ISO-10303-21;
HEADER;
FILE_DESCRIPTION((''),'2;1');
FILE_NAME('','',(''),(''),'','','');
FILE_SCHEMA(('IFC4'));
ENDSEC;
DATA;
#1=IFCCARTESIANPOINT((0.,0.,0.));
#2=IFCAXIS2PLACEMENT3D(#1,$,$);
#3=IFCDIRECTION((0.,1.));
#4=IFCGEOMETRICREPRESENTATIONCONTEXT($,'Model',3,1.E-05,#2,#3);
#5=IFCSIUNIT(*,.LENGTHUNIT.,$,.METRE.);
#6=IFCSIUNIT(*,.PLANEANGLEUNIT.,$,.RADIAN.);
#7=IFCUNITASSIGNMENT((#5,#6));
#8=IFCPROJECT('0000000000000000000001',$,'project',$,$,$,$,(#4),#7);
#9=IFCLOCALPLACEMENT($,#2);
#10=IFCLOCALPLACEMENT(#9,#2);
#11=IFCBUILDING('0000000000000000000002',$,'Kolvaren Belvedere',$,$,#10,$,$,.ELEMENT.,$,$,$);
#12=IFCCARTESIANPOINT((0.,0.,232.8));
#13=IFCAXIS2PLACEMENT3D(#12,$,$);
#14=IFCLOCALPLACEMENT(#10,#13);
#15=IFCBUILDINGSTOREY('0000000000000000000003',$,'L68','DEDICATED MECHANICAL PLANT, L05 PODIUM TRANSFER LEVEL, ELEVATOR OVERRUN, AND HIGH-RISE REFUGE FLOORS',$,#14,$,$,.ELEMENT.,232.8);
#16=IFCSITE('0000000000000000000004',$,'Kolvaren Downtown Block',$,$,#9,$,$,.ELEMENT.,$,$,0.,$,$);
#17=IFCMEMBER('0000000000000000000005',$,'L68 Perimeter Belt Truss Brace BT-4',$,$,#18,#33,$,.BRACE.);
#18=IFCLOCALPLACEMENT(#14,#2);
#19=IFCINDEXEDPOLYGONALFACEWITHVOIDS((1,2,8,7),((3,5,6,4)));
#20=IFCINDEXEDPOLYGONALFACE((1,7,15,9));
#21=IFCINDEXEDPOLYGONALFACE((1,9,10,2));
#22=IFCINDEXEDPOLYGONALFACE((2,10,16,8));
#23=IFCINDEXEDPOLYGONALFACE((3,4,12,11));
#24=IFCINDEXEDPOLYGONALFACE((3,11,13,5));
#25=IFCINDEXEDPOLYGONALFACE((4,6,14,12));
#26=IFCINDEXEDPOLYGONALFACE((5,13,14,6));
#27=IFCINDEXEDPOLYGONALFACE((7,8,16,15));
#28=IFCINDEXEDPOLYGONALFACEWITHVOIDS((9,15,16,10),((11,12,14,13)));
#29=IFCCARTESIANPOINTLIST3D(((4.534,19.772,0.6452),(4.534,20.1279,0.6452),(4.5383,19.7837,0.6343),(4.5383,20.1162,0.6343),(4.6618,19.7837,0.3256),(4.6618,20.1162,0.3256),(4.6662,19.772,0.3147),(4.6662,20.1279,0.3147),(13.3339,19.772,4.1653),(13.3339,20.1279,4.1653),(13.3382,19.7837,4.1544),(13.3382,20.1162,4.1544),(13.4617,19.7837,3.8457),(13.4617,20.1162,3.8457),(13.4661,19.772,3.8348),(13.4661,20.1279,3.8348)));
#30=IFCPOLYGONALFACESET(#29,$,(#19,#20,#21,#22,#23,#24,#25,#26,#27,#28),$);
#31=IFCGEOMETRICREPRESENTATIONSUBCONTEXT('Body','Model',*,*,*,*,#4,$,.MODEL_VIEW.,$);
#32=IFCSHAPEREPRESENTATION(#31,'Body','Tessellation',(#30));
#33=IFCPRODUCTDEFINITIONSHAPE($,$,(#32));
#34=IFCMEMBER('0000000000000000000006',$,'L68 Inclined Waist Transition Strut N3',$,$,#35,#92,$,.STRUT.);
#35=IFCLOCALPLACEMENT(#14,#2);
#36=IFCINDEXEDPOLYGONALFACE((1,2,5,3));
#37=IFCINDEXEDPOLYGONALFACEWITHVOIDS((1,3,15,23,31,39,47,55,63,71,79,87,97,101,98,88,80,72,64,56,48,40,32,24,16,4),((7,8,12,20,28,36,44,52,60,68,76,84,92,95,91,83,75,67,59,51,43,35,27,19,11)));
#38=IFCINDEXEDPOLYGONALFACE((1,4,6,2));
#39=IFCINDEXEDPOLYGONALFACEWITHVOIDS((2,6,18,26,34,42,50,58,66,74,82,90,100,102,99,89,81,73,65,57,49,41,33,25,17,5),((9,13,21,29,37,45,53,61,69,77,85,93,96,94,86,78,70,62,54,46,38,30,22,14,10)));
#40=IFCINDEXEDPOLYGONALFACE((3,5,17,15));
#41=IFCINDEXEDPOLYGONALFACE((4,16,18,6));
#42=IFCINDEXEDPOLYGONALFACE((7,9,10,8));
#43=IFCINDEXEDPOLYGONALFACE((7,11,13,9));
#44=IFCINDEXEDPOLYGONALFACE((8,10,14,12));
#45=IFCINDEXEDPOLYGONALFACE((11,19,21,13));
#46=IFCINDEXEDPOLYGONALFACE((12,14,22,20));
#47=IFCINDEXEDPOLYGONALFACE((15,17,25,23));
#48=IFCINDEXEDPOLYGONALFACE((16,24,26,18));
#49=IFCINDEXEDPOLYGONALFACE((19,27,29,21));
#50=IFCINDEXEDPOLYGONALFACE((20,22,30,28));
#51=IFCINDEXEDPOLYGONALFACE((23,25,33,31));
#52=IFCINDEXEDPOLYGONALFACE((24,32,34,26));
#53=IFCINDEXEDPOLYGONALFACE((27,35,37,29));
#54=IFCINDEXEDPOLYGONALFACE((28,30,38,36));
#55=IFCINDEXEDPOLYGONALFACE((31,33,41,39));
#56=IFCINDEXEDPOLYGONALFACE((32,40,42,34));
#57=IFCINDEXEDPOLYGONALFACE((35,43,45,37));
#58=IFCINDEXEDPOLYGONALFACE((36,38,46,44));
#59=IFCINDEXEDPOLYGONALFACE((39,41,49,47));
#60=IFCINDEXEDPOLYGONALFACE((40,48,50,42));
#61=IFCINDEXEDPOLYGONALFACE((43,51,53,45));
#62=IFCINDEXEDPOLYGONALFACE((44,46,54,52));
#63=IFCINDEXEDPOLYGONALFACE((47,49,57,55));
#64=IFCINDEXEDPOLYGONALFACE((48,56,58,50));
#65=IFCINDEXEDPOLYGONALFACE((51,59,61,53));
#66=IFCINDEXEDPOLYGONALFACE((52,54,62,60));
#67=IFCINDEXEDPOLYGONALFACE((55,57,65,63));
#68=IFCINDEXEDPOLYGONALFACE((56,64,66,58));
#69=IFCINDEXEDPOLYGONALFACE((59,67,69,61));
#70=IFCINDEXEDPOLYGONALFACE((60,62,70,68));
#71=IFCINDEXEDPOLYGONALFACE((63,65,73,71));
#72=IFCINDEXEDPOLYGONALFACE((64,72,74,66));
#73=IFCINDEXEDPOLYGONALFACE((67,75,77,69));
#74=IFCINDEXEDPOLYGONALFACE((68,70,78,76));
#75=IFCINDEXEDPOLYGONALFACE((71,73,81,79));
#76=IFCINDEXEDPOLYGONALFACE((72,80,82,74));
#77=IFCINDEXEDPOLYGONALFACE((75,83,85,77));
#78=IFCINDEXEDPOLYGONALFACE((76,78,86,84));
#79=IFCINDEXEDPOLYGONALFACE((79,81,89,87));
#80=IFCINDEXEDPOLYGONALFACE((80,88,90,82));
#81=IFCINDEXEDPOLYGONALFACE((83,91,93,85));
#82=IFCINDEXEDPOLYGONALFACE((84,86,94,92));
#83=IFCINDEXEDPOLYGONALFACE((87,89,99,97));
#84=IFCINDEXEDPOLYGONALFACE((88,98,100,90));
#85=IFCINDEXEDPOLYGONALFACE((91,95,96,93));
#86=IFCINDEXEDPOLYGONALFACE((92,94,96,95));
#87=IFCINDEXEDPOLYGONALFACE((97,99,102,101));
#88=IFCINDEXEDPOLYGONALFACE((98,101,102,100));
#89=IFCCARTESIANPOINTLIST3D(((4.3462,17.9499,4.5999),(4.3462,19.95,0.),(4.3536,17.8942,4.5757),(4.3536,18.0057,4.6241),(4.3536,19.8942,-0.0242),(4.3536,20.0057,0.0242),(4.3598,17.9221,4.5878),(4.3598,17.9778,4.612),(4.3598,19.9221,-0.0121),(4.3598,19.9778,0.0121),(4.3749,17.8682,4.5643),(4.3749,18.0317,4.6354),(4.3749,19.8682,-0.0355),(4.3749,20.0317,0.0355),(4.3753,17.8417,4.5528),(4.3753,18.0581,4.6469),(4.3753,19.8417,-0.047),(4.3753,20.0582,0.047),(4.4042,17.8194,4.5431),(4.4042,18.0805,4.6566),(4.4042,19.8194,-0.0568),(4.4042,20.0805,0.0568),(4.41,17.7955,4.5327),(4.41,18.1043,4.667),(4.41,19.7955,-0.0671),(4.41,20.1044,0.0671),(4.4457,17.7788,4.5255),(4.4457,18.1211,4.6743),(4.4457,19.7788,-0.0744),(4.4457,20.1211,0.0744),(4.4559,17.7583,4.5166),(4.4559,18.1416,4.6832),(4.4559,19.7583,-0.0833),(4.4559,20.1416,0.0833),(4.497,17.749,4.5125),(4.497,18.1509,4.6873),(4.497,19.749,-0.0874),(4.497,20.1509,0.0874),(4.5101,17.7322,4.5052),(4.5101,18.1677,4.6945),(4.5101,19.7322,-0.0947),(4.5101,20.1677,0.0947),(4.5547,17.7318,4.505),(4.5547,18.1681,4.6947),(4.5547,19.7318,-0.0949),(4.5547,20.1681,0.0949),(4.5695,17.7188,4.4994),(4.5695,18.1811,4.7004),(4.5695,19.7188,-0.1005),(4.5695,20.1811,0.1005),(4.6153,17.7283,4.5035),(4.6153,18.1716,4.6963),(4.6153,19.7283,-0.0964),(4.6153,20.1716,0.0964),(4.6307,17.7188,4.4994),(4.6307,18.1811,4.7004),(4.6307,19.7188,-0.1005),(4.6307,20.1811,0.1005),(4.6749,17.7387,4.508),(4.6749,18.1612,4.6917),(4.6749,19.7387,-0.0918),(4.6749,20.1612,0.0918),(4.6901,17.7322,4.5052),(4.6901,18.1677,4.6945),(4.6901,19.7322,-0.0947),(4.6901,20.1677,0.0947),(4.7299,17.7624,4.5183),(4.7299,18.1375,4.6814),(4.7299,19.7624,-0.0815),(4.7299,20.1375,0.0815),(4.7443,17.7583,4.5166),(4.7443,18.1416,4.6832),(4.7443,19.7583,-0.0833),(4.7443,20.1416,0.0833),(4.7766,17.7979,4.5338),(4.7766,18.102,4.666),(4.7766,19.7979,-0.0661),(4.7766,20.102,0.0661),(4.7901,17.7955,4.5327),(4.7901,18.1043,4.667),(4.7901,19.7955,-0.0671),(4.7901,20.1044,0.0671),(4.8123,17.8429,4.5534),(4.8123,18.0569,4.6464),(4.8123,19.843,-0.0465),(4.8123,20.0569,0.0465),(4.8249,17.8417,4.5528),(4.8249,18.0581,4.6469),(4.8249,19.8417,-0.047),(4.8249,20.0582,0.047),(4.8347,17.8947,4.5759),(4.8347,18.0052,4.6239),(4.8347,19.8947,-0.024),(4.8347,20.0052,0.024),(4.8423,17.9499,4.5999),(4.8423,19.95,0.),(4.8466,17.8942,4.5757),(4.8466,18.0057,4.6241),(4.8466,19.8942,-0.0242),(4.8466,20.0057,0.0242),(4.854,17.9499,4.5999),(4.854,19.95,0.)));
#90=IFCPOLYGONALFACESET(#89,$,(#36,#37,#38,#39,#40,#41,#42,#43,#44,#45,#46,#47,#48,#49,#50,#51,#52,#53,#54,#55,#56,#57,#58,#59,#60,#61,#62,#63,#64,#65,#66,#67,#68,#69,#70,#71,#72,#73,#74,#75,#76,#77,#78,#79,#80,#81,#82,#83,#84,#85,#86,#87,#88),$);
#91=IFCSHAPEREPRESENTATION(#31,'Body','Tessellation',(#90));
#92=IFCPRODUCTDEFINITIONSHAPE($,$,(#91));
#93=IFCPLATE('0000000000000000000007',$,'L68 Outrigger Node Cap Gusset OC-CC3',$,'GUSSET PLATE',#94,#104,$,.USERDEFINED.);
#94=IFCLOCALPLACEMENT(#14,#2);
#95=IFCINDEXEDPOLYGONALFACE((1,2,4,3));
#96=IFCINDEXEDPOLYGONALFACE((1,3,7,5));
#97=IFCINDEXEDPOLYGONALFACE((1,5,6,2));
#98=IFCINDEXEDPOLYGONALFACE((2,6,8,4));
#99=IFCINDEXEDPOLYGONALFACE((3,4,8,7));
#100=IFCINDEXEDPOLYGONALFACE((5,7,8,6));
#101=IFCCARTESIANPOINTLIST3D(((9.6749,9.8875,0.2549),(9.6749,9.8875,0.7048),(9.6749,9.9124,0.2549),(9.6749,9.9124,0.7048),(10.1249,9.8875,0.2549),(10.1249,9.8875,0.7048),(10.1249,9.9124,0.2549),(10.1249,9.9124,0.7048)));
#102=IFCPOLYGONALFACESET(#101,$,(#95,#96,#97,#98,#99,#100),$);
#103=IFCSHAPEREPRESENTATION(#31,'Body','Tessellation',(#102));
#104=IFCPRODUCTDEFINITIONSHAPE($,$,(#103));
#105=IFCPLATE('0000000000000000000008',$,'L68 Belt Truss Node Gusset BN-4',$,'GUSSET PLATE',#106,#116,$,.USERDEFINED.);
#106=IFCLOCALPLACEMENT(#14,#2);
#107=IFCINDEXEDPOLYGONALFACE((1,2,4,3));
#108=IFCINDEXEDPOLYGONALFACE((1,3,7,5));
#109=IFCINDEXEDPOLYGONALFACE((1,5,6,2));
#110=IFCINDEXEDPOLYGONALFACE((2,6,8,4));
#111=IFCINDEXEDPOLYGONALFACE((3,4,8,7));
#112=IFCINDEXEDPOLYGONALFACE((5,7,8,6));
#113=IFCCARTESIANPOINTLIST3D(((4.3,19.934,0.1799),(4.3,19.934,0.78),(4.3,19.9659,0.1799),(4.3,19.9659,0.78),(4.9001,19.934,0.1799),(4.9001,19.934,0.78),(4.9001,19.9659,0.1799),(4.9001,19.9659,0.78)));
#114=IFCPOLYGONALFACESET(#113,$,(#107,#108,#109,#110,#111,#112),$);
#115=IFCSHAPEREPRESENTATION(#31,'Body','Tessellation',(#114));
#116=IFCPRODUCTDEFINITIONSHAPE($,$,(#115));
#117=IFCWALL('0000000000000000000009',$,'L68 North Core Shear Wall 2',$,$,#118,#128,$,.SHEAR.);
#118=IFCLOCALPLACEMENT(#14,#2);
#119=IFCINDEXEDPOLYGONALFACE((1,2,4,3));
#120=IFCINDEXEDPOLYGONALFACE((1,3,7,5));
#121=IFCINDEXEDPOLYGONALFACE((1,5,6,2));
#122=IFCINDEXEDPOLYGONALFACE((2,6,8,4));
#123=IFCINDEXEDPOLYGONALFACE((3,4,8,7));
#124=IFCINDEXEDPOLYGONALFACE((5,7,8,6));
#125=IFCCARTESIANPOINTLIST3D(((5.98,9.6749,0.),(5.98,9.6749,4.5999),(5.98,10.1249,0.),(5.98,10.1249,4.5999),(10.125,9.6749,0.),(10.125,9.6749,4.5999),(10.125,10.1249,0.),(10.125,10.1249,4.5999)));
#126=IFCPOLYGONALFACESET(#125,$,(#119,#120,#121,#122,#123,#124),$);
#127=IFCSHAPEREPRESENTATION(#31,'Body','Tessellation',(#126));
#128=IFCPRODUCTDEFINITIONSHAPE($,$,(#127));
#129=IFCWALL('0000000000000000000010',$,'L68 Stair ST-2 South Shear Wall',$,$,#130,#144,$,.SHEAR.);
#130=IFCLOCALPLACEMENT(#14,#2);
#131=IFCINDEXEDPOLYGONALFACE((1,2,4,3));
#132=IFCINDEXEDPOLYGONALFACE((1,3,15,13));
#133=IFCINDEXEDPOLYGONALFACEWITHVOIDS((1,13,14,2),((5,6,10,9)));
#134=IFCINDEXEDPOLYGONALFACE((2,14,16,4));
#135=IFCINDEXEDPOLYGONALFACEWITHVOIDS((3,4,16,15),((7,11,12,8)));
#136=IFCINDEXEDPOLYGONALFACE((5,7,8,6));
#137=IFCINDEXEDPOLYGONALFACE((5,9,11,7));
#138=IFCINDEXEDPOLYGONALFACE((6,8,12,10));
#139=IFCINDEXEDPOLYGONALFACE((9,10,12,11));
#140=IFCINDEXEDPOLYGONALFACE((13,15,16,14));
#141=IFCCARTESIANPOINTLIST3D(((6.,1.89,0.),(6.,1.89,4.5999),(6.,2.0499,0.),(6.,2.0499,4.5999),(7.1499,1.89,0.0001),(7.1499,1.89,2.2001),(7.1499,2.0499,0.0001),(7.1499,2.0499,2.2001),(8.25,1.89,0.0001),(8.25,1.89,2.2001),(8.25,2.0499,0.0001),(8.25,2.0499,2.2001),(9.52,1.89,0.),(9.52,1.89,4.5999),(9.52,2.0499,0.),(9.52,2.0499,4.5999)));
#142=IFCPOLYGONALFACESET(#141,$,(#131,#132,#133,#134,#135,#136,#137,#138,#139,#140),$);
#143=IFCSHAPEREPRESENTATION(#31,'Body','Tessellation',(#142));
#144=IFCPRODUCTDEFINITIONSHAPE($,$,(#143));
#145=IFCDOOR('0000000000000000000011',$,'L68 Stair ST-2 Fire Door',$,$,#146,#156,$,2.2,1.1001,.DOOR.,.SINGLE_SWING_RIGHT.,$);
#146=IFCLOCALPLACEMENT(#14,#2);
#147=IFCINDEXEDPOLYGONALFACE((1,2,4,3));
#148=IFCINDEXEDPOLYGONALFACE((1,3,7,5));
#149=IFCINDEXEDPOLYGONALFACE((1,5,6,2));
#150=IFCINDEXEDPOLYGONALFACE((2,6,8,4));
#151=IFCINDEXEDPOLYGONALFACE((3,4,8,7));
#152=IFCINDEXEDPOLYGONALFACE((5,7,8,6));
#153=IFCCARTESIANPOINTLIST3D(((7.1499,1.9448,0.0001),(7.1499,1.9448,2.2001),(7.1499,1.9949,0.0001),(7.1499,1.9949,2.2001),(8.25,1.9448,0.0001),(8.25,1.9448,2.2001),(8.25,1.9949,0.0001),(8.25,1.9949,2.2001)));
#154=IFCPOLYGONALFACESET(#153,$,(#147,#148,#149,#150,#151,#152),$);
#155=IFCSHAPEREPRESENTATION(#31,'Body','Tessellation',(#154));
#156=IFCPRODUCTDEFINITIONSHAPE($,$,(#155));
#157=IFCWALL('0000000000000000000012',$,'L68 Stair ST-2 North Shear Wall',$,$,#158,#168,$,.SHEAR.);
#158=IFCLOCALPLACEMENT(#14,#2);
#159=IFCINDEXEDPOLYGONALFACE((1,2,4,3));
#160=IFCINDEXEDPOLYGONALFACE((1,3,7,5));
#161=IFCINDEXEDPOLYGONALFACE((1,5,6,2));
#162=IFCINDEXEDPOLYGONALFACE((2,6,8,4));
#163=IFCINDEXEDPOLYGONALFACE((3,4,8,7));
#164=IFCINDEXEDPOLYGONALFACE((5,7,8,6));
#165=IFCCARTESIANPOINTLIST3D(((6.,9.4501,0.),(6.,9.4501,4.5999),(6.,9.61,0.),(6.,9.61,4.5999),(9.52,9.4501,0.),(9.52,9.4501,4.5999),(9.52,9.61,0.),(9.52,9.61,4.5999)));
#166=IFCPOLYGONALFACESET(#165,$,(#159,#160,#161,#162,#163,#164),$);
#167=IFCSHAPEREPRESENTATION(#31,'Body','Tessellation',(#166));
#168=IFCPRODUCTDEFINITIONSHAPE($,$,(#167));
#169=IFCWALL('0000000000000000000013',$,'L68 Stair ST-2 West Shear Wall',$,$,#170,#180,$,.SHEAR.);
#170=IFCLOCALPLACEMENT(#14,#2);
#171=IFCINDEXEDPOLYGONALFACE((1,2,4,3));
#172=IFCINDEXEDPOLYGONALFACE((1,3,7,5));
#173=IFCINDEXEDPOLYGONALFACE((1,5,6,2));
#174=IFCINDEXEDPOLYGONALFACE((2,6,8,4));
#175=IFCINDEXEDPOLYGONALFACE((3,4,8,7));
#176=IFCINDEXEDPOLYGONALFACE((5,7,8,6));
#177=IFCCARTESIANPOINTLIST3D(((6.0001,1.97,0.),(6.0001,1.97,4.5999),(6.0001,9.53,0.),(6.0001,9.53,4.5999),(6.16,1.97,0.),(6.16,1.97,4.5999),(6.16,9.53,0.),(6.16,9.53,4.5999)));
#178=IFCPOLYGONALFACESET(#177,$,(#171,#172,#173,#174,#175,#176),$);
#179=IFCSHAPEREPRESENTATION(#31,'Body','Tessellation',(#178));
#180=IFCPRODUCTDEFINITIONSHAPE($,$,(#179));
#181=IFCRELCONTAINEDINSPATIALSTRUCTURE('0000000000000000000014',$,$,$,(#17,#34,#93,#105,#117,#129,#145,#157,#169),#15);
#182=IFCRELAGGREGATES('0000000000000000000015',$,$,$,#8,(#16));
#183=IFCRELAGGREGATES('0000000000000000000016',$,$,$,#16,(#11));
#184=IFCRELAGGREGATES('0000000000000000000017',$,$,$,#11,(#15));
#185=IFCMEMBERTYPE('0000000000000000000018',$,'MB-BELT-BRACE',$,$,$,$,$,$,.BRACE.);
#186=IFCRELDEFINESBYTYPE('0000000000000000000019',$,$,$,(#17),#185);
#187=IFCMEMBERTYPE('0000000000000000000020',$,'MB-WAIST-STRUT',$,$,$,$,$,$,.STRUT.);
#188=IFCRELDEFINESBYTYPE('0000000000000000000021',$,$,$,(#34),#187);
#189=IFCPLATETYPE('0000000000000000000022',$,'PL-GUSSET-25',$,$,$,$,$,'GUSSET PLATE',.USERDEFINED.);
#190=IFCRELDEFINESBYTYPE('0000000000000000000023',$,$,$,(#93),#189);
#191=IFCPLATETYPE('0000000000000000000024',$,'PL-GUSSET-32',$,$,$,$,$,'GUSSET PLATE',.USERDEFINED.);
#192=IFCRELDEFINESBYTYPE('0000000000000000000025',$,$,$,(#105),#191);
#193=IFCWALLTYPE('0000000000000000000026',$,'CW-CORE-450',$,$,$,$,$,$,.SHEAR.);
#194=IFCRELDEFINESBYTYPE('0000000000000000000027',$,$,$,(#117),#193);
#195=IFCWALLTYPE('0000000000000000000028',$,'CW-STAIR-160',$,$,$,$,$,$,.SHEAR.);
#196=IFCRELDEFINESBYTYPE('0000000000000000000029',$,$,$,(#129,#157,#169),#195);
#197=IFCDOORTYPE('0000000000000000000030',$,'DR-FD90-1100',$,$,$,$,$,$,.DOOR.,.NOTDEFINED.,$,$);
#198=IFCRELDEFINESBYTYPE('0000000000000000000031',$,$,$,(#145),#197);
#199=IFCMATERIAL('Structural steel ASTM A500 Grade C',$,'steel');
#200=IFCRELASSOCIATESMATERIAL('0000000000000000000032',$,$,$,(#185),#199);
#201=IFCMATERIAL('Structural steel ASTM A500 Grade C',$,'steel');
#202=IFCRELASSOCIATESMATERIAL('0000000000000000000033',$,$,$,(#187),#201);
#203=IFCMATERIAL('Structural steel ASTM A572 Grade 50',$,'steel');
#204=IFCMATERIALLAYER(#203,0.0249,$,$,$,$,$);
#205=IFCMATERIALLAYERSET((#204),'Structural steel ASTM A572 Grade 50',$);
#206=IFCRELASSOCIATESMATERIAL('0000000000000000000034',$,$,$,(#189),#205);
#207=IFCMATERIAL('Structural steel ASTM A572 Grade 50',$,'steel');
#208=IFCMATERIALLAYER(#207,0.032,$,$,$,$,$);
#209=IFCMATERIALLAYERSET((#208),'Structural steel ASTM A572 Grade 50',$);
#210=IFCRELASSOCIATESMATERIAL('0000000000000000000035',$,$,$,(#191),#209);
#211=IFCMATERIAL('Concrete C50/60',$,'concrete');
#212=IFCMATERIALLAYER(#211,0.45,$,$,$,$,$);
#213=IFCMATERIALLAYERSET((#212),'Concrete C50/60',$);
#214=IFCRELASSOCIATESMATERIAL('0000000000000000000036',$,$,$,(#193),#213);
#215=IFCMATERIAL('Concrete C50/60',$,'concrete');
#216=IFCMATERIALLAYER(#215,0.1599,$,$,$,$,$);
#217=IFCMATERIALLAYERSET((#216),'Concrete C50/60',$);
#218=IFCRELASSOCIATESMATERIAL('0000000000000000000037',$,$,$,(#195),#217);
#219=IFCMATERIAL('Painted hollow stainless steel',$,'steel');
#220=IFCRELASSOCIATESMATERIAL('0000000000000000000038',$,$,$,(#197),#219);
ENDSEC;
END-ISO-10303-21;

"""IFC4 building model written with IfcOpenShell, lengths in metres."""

from ifc_helpers import new_model, si_unit, direction, frame, frame_2d, origin, origin_2d, place, context, subcontext, project, spatial, rectangle, hollow_rectangle, hollow_circle, extrude, material, layer, layer_set, material_profile, profile_set, type_object, element, fill, save


model = new_model("IFC4")

# Units and contexts
model_context = context("Model", 3, precision=1e-05, world=origin(), true_north=direction((0.0, 1.0)))
body_context = subcontext(model_context, "Body", "Model", "MODEL_VIEW")
ifc_project = project(units=[si_unit("LENGTHUNIT", "METRE"), si_unit("PLANEANGLEUNIT", "RADIAN")], contexts=[model_context])

# Site, building, storey
site_placement = place(None, origin())
site = spatial("IfcSite", under=ifc_project, at=site_placement, Name="Kolvaren Downtown Block", CompositionType="ELEMENT", RefElevation=0.0)
building_placement = place(site_placement, origin())
building = spatial("IfcBuilding", under=site, at=building_placement, Name="Kolvaren Belvedere", CompositionType="ELEMENT")
storey_placement = place(building_placement, frame((0.0, 0.0, 232.8)))
storey = spatial("IfcBuildingStorey", under=building, at=storey_placement, Name="L68", Description="DEDICATED MECHANICAL PLANT, L05 PODIUM TRANSFER LEVEL, ELEVATOR OVERRUN, AND HIGH-RISE REFUGE FLOORS", CompositionType="ELEMENT", Elevation=232.8)

# Members
ifc_material_1 = material(Name="Structural steel ASTM A500 Grade C", Category="steel")
ifc_material_profile_1 = material_profile(ifc_material_1, hollow_rectangle(XDim=0.356, YDim=0.356, WallThickness=0.0117, at=origin_2d()), Name="HSS14X14X1/2")
ifc_profile_set_1 = profile_set([ifc_material_profile_1], Name="Structural steel ASTM A500 Grade C")
member_type_1 = type_object("IfcMemberType", Name="MB-BELT-BRACE", PredefinedType="BRACE", material=ifc_profile_set_1)
member_1_placement = place(storey_placement, frame((4.6001, 19.95, 0.48), z_axis=(0.928473, 0.0, 0.3714), x_axis=(0.0, 1.0, 0.0)))
element("IfcMember", 1, at=member_1_placement, inside=storey, type_object=member_type_1, Name="L68 Perimeter Belt Truss Brace BT-4", PredefinedType="BRACE", context=body_context, shape_type="SweptSolid", body=[
    extrude(hollow_rectangle(XDim=0.356, YDim=0.356, WallThickness=0.0117, at=origin_2d()), origin(), (0.0, 0.0, 1.0), 9.4778),
])
ifc_material_2 = material(Name="Structural steel ASTM A500 Grade C", Category="steel")
ifc_material_profile_2 = material_profile(ifc_material_2, hollow_circle(Radius=0.2539, WallThickness=0.0117, at=origin_2d()), Name="HSS20.000X0.500")
ifc_profile_set_2 = profile_set([ifc_material_profile_2], Name="Structural steel ASTM A500 Grade C")
member_type_2 = type_object("IfcMemberType", Name="MB-WAIST-STRUT", PredefinedType="STRUT", material=ifc_profile_set_2)
member_2_placement = place(storey_placement, frame((4.6001, 19.95, 0.0), z_axis=(0.0, -0.398737, 0.917065), x_axis=(1.0, 0.0, 0.0)))
element("IfcMember", 2, at=member_2_placement, inside=storey, type_object=member_type_2, Name="L68 Inclined Waist Transition Strut N3", PredefinedType="STRUT", context=body_context, shape_type="SweptSolid", body=[
    extrude(hollow_circle(Radius=0.2539, WallThickness=0.0117, at=origin_2d()), origin(), (0.0, 0.0, 1.0), 5.0159),
])

# Plates
ifc_material_3 = material(Name="Structural steel ASTM A572 Grade 50", Category="steel")
ifc_layer_1 = layer(ifc_material_3, 0.0249)
ifc_layer_set_1 = layer_set([ifc_layer_1], Name="Structural steel ASTM A572 Grade 50")
plate_type_1 = type_object("IfcPlateType", Name="PL-GUSSET-25", ElementType="GUSSET PLATE", PredefinedType="USERDEFINED", material=ifc_layer_set_1)
plate_1_placement = place(storey_placement, frame((9.8999, 9.8999, 0.2549), z_axis=(0.0, 0.0, 1.0), x_axis=(1.0, 0.0, 0.0)))
element("IfcPlate", 3, at=plate_1_placement, inside=storey, type_object=plate_type_1, Name="L68 Outrigger Node Cap Gusset OC-CC3", ObjectType="GUSSET PLATE", PredefinedType="USERDEFINED", context=body_context, shape_type="SweptSolid", body=[
    extrude(rectangle(XDim=0.45, YDim=0.0249, at=origin_2d()), origin(), (0.0, 0.0, 1.0), 0.45),
])
ifc_material_4 = material(Name="Structural steel ASTM A572 Grade 50", Category="steel")
ifc_layer_2 = layer(ifc_material_4, 0.032)
ifc_layer_set_2 = layer_set([ifc_layer_2], Name="Structural steel ASTM A572 Grade 50")
plate_type_2 = type_object("IfcPlateType", Name="PL-GUSSET-32", ElementType="GUSSET PLATE", PredefinedType="USERDEFINED", material=ifc_layer_set_2)
plate_2_placement = place(storey_placement, frame((4.6001, 19.95, 0.1799), z_axis=(0.0, 0.0, 1.0), x_axis=(1.0, 0.0, 0.0)))
element("IfcPlate", 4, at=plate_2_placement, inside=storey, type_object=plate_type_2, Name="L68 Belt Truss Node Gusset BN-4", ObjectType="GUSSET PLATE", PredefinedType="USERDEFINED", context=body_context, shape_type="SweptSolid", body=[
    extrude(rectangle(XDim=0.6001, YDim=0.032, at=origin_2d()), origin(), (0.0, 0.0, 1.0), 0.6001),
])

# Wall
ifc_material_5 = material(Name="Concrete C50/60", Category="concrete")
ifc_layer_3 = layer(ifc_material_5, 0.45)
ifc_layer_set_3 = layer_set([ifc_layer_3], Name="Concrete C50/60")
wall_type_1 = type_object("IfcWallType", Name="CW-CORE-450", PredefinedType="SHEAR", material=ifc_layer_set_3)
wall_1_placement = place(storey_placement, frame((5.98, 9.8999, 0.0), z_axis=(0.0, 0.0, 1.0), x_axis=(1.0, 0.0, 0.0)))
element("IfcWall", 5, at=wall_1_placement, inside=storey, type_object=wall_type_1, Name="L68 North Core Shear Wall 2", PredefinedType="SHEAR", context=body_context, shape_type="SweptSolid", body=[
    extrude(rectangle(XDim=4.145, YDim=0.45, at=frame_2d((2.0725, 0.0))), origin(), (0.0, 0.0, 1.0), 4.5999),
])

# Wall, opening, door
ifc_material_6 = material(Name="Concrete C50/60", Category="concrete")
ifc_layer_4 = layer(ifc_material_6, 0.1599)
ifc_layer_set_4 = layer_set([ifc_layer_4], Name="Concrete C50/60")
wall_type_2 = type_object("IfcWallType", Name="CW-STAIR-160", PredefinedType="SHEAR", material=ifc_layer_set_4)
wall_2_placement = place(storey_placement, frame((6.0, 1.97, 0.0), z_axis=(0.0, 0.0, 1.0), x_axis=(1.0, 0.0, 0.0)))
wall_2 = element("IfcWall", 6, at=wall_2_placement, inside=storey, type_object=wall_type_2, Name="L68 Stair ST-2 South Shear Wall", PredefinedType="SHEAR", context=body_context, shape_type="SweptSolid", body=[
    extrude(rectangle(XDim=3.52, YDim=0.1599, at=frame_2d((1.76, 0.0))), origin(), (0.0, 0.0, 1.0), 4.5999),
])
opening_1_placement = place(wall_2_placement, frame((1.1499, 0.0, 0.0)))
opening_1 = element("IfcOpeningElement", 7, at=opening_1_placement, cuts=wall_2, PredefinedType="OPENING", context=body_context, shape_type="SweptSolid", body=[
    extrude(rectangle(XDim=1.1001, YDim=2.2, at=frame_2d((0.55, 1.1001))), frame((0.0, 0.0898, 0.0), z_axis=(0.0, -1.0, 0.0), x_axis=(1.0, 0.0, 0.0)), (0.0, 0.0, 1.0), 0.1799),
])
ifc_material_7 = material(Name="Painted hollow stainless steel", Category="steel")
door_type_1 = type_object("IfcDoorType", Name="DR-FD90-1100", OperationType="NOTDEFINED", PredefinedType="DOOR", material=ifc_material_7)
door_1_placement = place(opening_1_placement, origin())
door_1 = element("IfcDoor", 8, at=door_1_placement, inside=storey, type_object=door_type_1, Name="L68 Stair ST-2 Fire Door", OperationType="SINGLE_SWING_RIGHT", OverallHeight=2.2, OverallWidth=1.1001, PredefinedType="DOOR", context=body_context, shape_type="SweptSolid", body=[
    extrude(rectangle(XDim=1.1001, YDim=2.2, at=frame_2d((0.55, 1.1001))), frame((0.0, 0.0249, 0.0), z_axis=(0.0, -1.0, 0.0), x_axis=(1.0, 0.0, 0.0)), (0.0, 0.0, 1.0), 0.05),
])
fill(opening_1, door_1)

# Walls
wall_3_placement = place(storey_placement, frame((6.0, 9.53, 0.0), z_axis=(0.0, 0.0, 1.0), x_axis=(1.0, 0.0, 0.0)))
element("IfcWall", 9, at=wall_3_placement, inside=storey, type_object=wall_type_2, Name="L68 Stair ST-2 North Shear Wall", PredefinedType="SHEAR", context=body_context, shape_type="SweptSolid", body=[
    extrude(rectangle(XDim=3.52, YDim=0.1599, at=frame_2d((1.76, 0.0))), origin(), (0.0, 0.0, 1.0), 4.5999),
])
for number, where, z_axis, x_axis, name in (
    (10, (6.0801, 1.97, 0.0), (0.0, 0.0, 1.0), (0.0, 1.0, 0.0), "L68 Stair ST-2 West Shear Wall"),
):
    element("IfcWall", number, at=place(storey_placement, frame(where, z_axis=z_axis, x_axis=x_axis)), inside=storey, type_object=wall_type_2, Name=name, PredefinedType="SHEAR", context=body_context, shape_type="SweptSolid", body=[
        extrude(rectangle(XDim=7.5601, YDim=0.1599, at=frame_2d((3.78, 0.0))), origin(), (0.0, 0.0, 1.0), 4.5999),
    ])

save(model, "model.ifc")
